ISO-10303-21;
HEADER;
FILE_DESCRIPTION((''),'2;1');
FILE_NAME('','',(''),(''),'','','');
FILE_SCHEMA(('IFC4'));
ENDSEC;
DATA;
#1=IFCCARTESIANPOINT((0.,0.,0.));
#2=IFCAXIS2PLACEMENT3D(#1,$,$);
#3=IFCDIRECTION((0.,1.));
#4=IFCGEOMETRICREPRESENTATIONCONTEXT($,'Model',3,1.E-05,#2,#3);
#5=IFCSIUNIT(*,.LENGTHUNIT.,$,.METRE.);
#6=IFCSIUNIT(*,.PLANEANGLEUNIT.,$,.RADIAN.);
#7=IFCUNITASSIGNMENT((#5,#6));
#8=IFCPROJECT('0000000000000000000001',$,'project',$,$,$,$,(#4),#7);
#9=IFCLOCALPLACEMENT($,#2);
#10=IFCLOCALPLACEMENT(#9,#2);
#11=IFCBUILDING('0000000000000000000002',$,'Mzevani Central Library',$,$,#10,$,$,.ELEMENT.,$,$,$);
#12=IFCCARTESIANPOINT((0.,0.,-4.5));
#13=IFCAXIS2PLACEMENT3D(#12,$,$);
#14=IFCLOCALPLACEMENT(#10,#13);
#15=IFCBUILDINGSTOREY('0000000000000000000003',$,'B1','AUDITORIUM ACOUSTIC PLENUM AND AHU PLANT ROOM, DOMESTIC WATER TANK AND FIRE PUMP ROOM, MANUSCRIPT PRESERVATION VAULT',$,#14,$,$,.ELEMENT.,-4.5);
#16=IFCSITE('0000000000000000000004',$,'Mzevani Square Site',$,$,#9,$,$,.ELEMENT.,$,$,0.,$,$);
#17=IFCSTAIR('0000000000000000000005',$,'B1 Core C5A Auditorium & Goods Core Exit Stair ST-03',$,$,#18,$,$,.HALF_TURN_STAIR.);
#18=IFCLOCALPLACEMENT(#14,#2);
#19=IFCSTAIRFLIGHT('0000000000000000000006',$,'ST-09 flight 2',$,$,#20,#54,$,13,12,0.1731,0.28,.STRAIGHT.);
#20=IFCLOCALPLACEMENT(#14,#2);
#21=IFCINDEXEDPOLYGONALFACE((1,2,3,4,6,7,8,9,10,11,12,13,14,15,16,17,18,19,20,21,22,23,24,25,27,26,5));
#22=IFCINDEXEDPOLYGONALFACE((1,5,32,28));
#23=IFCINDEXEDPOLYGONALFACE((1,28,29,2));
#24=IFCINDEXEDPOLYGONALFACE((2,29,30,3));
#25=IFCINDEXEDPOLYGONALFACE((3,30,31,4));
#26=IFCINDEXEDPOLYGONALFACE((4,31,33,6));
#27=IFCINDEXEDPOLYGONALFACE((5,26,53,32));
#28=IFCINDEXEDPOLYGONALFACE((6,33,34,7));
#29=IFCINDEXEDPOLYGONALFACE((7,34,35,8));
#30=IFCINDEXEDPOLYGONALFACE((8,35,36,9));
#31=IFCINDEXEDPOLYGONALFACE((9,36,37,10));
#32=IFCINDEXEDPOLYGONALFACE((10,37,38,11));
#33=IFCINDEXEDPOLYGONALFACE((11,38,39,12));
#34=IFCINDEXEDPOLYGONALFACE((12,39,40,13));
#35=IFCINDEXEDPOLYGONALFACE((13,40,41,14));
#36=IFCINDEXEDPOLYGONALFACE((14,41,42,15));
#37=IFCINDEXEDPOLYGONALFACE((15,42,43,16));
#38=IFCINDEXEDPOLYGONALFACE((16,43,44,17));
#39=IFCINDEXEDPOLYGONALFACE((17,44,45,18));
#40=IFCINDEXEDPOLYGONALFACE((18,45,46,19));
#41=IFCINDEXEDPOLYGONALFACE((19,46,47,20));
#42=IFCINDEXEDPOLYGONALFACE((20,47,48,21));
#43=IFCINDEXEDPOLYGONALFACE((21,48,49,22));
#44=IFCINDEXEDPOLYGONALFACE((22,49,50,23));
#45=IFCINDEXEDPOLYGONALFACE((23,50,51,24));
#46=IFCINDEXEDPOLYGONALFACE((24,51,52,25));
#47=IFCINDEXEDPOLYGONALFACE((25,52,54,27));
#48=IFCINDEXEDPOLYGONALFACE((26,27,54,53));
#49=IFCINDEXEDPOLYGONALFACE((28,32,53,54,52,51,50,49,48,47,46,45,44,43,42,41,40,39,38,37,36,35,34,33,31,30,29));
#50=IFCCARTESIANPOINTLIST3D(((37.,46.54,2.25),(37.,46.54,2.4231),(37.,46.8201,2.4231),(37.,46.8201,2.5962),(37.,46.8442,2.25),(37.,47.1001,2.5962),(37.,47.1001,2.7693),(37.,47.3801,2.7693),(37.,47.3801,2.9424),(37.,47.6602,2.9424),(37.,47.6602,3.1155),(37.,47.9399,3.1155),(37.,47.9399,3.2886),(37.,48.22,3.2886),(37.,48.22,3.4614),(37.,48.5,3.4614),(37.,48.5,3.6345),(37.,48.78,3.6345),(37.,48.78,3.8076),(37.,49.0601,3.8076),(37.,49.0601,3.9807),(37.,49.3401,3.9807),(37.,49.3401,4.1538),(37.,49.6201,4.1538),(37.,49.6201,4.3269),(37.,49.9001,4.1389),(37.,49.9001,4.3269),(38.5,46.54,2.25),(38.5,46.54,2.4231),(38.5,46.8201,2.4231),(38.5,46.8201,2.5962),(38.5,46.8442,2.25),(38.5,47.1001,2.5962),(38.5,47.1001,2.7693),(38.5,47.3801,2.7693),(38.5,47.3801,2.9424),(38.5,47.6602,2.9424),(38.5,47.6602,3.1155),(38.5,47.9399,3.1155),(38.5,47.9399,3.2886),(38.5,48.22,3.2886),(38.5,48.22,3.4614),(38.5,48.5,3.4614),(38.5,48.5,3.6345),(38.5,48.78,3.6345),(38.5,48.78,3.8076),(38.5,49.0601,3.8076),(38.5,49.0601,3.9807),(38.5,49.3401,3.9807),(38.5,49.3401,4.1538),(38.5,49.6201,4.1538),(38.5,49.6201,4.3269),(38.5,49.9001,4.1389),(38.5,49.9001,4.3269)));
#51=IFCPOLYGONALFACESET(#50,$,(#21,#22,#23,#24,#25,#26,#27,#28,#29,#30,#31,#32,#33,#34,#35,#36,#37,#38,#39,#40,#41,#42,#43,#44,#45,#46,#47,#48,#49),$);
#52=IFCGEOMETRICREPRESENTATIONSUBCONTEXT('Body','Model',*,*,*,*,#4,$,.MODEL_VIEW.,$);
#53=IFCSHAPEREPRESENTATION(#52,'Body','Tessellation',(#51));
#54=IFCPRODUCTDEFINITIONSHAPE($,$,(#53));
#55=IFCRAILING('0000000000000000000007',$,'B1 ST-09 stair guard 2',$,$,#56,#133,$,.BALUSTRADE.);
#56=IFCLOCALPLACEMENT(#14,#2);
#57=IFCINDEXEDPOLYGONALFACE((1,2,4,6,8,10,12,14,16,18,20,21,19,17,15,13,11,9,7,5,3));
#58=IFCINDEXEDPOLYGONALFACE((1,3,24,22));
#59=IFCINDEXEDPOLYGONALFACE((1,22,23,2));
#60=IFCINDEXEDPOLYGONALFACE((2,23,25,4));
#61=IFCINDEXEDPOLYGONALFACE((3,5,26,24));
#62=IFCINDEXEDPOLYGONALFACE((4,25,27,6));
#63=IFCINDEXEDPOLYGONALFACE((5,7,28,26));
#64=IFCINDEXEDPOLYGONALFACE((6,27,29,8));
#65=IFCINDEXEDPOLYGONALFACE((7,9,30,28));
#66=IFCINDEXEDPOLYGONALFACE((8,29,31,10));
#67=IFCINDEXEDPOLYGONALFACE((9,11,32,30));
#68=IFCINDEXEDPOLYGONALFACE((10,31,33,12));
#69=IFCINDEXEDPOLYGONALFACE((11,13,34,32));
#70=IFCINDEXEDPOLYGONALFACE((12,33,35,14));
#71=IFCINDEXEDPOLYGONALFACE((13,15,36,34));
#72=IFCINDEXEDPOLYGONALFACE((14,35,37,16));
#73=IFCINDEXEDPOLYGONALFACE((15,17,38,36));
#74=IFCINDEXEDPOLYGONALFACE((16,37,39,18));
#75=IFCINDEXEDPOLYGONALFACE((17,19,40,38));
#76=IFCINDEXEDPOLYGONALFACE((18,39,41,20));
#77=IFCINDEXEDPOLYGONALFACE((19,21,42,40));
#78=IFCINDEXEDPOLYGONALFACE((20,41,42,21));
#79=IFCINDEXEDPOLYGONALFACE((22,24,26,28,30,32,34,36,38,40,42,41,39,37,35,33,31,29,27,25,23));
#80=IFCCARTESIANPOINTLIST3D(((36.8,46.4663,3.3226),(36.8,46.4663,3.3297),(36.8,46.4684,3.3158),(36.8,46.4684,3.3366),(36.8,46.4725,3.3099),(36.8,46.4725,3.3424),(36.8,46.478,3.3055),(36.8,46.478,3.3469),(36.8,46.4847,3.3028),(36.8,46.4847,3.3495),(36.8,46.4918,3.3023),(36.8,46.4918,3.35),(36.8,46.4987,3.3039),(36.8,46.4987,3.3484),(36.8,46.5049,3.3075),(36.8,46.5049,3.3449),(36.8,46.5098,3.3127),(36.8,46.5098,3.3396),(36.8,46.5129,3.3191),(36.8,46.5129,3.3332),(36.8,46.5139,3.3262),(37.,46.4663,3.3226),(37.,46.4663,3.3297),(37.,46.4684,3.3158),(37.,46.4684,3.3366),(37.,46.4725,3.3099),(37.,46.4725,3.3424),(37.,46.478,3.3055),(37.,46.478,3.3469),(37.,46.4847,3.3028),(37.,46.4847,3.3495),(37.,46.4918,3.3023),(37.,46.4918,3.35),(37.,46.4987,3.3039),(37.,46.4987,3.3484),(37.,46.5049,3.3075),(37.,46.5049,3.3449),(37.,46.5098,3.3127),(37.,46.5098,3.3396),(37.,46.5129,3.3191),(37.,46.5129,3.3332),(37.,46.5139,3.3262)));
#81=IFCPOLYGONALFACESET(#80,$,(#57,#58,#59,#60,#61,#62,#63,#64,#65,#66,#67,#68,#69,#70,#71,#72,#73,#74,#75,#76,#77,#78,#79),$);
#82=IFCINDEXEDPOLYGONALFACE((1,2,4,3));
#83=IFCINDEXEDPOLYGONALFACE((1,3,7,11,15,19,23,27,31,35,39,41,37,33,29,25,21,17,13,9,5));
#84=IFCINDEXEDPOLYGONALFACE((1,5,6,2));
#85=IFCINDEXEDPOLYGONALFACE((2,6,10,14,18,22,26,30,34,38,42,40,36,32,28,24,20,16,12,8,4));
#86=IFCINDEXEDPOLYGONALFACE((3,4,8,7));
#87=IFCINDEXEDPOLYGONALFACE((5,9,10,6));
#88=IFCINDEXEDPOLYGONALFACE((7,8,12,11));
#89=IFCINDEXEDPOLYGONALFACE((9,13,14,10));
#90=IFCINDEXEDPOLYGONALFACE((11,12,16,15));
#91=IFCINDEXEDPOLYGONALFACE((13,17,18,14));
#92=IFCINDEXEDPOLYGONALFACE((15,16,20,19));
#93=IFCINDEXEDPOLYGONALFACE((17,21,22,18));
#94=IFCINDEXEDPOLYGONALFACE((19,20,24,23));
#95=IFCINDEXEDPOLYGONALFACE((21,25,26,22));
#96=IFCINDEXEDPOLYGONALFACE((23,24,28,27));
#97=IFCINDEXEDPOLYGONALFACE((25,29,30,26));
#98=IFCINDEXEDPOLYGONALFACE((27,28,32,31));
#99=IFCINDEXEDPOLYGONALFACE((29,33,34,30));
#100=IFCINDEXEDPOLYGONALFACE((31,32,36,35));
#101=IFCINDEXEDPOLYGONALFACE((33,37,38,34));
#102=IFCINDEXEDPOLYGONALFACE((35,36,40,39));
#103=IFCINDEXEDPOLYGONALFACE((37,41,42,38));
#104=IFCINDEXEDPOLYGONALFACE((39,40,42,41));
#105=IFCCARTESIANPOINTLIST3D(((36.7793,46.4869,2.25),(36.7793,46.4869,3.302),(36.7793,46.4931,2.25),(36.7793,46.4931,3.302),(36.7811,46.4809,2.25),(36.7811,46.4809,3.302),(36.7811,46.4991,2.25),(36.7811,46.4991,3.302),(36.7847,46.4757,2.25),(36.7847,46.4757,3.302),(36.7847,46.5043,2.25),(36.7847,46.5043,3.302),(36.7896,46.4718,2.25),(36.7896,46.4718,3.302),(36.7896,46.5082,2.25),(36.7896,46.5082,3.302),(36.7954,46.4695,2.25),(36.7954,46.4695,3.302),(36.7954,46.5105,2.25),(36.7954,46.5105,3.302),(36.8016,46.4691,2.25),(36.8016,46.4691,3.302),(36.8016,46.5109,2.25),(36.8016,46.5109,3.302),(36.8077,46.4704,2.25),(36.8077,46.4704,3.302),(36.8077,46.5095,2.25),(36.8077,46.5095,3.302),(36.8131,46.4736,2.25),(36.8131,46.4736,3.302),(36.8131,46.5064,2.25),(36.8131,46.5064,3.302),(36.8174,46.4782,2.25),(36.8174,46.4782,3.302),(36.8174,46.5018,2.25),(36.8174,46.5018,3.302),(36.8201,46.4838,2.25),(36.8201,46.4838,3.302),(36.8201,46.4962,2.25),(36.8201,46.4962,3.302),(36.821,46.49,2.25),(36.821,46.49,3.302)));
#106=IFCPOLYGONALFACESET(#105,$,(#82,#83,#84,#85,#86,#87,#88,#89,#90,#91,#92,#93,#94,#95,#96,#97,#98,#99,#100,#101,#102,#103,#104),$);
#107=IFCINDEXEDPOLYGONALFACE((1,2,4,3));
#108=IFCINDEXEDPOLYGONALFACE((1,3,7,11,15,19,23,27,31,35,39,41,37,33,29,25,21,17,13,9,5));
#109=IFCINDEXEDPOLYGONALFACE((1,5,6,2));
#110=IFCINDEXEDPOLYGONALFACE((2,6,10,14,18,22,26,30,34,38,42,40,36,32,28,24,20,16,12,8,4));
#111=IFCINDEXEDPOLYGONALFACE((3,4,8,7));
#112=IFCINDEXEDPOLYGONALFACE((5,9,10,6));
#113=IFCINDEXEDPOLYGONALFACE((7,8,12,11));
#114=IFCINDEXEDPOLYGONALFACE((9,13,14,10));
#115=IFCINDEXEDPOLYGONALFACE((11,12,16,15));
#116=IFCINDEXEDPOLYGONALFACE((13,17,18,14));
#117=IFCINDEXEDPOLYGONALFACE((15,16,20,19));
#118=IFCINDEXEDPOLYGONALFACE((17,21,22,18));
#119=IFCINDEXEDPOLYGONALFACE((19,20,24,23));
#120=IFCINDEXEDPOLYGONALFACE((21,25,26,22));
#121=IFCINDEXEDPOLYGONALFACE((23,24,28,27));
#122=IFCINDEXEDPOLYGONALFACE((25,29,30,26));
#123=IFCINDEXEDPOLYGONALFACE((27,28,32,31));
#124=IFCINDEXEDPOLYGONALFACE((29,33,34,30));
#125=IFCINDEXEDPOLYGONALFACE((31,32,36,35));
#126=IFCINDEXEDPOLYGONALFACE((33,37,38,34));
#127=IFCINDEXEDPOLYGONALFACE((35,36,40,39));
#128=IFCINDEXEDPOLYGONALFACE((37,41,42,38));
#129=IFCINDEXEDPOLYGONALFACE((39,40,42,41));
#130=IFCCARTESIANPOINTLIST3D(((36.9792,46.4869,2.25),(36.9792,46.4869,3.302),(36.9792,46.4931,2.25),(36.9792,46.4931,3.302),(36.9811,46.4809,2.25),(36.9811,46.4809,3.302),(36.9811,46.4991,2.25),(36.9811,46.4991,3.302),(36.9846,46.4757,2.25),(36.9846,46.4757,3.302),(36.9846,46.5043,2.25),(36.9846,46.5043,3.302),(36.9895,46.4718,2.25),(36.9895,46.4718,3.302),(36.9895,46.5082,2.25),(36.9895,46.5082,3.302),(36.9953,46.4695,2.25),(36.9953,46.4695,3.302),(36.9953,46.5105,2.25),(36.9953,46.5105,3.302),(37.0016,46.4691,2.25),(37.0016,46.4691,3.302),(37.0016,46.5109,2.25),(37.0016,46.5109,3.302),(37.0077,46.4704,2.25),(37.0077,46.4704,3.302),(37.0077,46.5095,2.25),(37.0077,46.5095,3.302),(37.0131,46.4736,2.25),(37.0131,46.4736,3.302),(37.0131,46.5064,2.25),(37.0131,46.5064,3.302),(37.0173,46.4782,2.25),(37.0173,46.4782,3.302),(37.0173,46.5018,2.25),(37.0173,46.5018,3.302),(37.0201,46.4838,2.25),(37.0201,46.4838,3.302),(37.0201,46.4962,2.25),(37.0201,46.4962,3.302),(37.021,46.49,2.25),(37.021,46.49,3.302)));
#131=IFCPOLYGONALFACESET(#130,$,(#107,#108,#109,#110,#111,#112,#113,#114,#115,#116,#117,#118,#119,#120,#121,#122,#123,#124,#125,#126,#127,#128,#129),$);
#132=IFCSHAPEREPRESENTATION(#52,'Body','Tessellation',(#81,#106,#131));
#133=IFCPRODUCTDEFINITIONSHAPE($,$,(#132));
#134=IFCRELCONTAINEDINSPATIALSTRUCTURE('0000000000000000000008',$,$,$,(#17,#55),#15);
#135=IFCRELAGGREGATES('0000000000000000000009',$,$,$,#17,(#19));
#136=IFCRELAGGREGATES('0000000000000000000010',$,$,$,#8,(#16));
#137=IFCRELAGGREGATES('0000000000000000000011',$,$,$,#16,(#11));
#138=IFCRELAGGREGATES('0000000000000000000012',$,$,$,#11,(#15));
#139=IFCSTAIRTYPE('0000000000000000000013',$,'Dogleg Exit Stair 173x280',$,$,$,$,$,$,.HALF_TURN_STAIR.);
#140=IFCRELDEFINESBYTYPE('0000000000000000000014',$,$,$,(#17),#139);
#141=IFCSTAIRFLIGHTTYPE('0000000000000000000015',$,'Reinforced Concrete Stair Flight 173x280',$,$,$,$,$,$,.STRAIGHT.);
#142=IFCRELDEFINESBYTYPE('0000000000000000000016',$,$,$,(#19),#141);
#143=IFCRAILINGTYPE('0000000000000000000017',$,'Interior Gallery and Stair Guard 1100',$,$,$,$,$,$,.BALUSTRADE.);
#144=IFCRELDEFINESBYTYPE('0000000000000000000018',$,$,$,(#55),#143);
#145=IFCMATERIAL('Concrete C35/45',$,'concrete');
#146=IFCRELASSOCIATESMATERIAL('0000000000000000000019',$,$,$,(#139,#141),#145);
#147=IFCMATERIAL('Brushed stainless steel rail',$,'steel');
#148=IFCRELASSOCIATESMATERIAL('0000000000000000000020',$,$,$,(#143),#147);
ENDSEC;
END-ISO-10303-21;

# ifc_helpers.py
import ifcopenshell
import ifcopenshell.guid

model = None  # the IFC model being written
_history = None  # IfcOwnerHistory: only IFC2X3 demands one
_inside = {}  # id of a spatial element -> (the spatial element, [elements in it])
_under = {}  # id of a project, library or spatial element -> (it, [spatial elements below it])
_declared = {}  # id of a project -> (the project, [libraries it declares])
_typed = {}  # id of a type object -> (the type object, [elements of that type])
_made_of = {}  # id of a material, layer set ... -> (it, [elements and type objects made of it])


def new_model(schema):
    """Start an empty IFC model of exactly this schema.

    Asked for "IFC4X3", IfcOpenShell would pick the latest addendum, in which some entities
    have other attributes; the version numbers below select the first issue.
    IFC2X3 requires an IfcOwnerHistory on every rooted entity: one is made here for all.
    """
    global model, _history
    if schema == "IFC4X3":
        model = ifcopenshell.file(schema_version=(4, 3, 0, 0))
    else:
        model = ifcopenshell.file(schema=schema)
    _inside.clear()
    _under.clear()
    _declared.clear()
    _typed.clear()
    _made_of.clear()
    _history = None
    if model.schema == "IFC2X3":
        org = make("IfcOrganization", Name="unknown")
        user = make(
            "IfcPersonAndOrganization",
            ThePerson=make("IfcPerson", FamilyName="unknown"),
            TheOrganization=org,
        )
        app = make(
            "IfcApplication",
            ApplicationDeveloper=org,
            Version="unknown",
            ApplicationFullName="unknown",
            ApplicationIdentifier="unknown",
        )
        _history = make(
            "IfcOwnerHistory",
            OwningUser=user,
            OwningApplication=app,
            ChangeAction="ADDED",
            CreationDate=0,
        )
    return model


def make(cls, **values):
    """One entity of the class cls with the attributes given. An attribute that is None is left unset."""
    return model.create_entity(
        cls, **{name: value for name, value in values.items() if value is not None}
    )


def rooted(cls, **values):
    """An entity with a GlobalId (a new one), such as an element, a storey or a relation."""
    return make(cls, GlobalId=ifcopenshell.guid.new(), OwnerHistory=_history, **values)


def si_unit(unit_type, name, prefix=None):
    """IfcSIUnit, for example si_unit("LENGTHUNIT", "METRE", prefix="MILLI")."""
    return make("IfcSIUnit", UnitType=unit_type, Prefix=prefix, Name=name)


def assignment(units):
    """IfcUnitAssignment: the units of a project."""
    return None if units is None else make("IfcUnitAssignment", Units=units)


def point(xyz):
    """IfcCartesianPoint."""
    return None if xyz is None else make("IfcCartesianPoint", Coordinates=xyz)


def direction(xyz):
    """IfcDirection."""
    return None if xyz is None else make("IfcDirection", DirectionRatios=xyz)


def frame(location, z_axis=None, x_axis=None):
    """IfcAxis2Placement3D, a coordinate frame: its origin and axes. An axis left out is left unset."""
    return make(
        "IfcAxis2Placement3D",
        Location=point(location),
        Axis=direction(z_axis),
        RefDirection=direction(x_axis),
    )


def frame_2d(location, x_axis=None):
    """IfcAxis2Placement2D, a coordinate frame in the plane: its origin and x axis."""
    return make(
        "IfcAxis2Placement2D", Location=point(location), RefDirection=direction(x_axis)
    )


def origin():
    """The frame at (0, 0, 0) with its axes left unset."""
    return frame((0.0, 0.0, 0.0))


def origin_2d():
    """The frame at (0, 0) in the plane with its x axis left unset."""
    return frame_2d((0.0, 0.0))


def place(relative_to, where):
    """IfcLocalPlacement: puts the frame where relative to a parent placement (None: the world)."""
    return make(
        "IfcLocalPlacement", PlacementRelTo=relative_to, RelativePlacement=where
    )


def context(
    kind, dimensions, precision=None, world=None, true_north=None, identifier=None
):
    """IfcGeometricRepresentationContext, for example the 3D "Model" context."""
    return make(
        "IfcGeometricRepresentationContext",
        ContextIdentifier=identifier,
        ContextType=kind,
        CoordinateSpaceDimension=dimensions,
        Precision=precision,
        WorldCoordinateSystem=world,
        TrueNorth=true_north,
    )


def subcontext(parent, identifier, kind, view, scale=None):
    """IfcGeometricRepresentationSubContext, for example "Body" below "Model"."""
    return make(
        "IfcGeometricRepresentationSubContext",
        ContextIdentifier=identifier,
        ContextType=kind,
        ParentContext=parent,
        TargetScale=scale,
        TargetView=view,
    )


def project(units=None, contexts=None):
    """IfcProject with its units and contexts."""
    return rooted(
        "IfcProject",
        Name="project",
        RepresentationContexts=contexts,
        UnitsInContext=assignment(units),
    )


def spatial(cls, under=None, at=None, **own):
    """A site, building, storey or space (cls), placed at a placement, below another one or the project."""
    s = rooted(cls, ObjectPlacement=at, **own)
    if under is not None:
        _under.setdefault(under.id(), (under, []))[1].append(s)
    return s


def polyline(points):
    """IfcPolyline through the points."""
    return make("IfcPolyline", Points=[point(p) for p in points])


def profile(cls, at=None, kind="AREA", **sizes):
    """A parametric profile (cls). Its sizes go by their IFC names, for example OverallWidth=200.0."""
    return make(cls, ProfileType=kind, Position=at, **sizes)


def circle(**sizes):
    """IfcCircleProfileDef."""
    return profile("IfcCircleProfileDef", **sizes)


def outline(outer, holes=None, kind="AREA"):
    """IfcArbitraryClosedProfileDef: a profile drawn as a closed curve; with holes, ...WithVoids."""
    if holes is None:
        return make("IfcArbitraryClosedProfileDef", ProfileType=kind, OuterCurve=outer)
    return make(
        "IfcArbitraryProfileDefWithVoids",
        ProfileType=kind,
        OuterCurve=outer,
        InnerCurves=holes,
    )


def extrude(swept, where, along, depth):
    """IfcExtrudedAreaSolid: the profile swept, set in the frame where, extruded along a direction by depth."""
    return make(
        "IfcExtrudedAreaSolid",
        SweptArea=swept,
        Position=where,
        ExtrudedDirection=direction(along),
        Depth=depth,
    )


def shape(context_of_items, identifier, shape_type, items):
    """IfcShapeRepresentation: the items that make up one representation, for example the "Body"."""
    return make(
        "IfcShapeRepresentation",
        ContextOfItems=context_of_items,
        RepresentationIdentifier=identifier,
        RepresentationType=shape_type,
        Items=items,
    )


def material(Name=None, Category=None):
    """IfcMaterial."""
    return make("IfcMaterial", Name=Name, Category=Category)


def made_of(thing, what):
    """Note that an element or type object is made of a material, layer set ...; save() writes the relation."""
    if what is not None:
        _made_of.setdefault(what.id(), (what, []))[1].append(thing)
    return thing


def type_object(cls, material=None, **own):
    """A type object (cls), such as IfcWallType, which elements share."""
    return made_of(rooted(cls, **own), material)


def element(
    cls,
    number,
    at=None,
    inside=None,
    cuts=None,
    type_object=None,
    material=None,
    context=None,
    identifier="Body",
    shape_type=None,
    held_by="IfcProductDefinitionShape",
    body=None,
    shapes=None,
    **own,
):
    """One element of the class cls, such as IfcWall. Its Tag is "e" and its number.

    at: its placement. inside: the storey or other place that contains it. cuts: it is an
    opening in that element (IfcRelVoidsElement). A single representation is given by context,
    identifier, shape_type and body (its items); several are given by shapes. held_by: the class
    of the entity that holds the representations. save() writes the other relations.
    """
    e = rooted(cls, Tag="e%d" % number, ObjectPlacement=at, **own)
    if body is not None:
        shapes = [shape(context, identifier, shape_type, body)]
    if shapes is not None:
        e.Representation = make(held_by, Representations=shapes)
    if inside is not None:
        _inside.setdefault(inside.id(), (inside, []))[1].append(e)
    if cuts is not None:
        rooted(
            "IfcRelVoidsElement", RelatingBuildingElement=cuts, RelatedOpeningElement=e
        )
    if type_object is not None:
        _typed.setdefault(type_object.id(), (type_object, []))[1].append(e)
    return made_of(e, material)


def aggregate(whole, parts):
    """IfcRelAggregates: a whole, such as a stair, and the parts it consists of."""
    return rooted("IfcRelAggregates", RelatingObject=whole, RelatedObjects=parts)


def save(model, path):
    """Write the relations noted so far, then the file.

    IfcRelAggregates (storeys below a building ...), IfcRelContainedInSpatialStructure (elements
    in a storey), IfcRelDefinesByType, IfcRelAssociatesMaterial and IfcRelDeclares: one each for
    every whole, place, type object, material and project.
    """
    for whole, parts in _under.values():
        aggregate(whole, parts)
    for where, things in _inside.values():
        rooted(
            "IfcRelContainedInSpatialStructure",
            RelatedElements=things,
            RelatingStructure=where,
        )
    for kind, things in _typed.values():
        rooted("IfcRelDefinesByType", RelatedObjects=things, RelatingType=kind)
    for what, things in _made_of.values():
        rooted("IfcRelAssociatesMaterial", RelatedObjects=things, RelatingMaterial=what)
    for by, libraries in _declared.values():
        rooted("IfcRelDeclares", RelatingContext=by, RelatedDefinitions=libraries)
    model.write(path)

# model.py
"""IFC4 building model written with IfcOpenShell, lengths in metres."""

from ifc_helpers import new_model, si_unit, direction, frame, origin, origin_2d, place, context, subcontext, project, spatial, polyline, circle, outline, extrude, material, type_object, element, aggregate, save


model = new_model("IFC4")

# Units and contexts
model_context = context("Model", 3, precision=1e-05, world=origin(), true_north=direction((0.0, 1.0)))
body_context = subcontext(model_context, "Body", "Model", "MODEL_VIEW")
ifc_project = project(units=[si_unit("LENGTHUNIT", "METRE"), si_unit("PLANEANGLEUNIT", "RADIAN")], contexts=[model_context])

# Site, building, storey
site_placement = place(None, origin())
site = spatial("IfcSite", under=ifc_project, at=site_placement, Name="Mzevani Square Site", CompositionType="ELEMENT", RefElevation=0.0)
building_placement = place(site_placement, origin())
building = spatial("IfcBuilding", under=site, at=building_placement, Name="Mzevani Central Library", CompositionType="ELEMENT")
storey_placement = place(building_placement, frame((0.0, 0.0, -4.5)))
storey = spatial("IfcBuildingStorey", under=building, at=storey_placement, Name="B1", Description="AUDITORIUM ACOUSTIC PLENUM AND AHU PLANT ROOM, DOMESTIC WATER TANK AND FIRE PUMP ROOM, MANUSCRIPT PRESERVATION VAULT", CompositionType="ELEMENT", Elevation=-4.5)

# Shared definitions
ifc_material_1 = material(Name="Concrete C35/45", Category="concrete")

# Stair, stair flight
stair_type = type_object("IfcStairType", Name="Dogleg Exit Stair 173x280", PredefinedType="HALF_TURN_STAIR", material=ifc_material_1)
stair_placement = place(storey_placement, origin())
stair = element("IfcStair", 1, at=stair_placement, inside=storey, type_object=stair_type, Name="B1 Core C5A Auditorium & Goods Core Exit Stair ST-03", PredefinedType="HALF_TURN_STAIR")
stair_flight_type = type_object("IfcStairFlightType", Name="Reinforced Concrete Stair Flight 173x280", PredefinedType="STRAIGHT", material=ifc_material_1)
stair_flight_placement = place(storey_placement, frame((37.75, 46.54, 2.25), z_axis=(0.0, 0.0, 1.0), x_axis=(0.0, 1.0, 0.0)))
stair_flight = element("IfcStairFlight", 2, at=stair_flight_placement, type_object=stair_flight_type, Name="ST-09 flight 2", NumberOfRisers=13, NumberOfTreads=12, PredefinedType="STRAIGHT", RiserHeight=0.1731, TreadLength=0.28, context=body_context, shape_type="SweptSolid", body=[
    extrude(outline(polyline([(0.0, 0.0), (0.0, 0.1731), (0.28, 0.1731), (0.28, 0.3462), (0.5601, 0.3462), (0.5601, 0.5193), (0.8401, 0.5193), (0.8401, 0.6924), (1.1201, 0.6924), (1.1201, 0.8655), (1.3999, 0.8655), (1.3999, 1.0386), (1.6799, 1.0386), (1.6799, 1.2114), (1.96, 1.2114), (1.96, 1.3845), (2.24, 1.3845), (2.24, 1.5576), (2.52, 1.5576), (2.52, 1.7307), (2.8, 1.7307), (2.8, 1.9038), (3.0801, 1.9038), (3.0801, 2.0769), (3.3601, 2.0769), (3.3601, 2.25), (3.3601, 1.8889), (0.3042, 0.0), (0.0, 0.0)])), frame((0.0, 0.75, 0.0), z_axis=(0.0, -1.0, 0.0), x_axis=(1.0, 0.0, 0.0)), (0.0, 0.0, 1.0), 1.5),
])
aggregate(stair, [stair_flight])

# Railing
ifc_material_2 = material(Name="Brushed stainless steel rail", Category="steel")
railing_type_1 = type_object("IfcRailingType", Name="Interior Gallery and Stair Guard 1100", PredefinedType="BALUSTRADE", material=ifc_material_2)
railing_1_placement = place(storey_placement, frame((36.8, 46.49, 2.25)))
element("IfcRailing", 3, at=railing_1_placement, inside=storey, type_object=railing_type_1, Name="B1 ST-09 stair guard 2", PredefinedType="BALUSTRADE", context=body_context, shape_type="SweptSolid", body=[
    extrude(circle(Radius=0.0239, at=origin_2d()), frame((0.0, 0.0, 1.0762), z_axis=(1.0, 0.0, 0.0), x_axis=(0.0, 1.0, 0.0)), (0.0, 0.0, 1.0), 0.2),
    extrude(circle(Radius=0.021, at=origin_2d()), origin(), (0.0, 0.0, 1.0), 1.052),
    extrude(circle(Radius=0.021, at=origin_2d()), frame((0.2, 0.0, 0.0)), (0.0, 0.0, 1.0), 1.052),
])

save(model, "model.ifc")
